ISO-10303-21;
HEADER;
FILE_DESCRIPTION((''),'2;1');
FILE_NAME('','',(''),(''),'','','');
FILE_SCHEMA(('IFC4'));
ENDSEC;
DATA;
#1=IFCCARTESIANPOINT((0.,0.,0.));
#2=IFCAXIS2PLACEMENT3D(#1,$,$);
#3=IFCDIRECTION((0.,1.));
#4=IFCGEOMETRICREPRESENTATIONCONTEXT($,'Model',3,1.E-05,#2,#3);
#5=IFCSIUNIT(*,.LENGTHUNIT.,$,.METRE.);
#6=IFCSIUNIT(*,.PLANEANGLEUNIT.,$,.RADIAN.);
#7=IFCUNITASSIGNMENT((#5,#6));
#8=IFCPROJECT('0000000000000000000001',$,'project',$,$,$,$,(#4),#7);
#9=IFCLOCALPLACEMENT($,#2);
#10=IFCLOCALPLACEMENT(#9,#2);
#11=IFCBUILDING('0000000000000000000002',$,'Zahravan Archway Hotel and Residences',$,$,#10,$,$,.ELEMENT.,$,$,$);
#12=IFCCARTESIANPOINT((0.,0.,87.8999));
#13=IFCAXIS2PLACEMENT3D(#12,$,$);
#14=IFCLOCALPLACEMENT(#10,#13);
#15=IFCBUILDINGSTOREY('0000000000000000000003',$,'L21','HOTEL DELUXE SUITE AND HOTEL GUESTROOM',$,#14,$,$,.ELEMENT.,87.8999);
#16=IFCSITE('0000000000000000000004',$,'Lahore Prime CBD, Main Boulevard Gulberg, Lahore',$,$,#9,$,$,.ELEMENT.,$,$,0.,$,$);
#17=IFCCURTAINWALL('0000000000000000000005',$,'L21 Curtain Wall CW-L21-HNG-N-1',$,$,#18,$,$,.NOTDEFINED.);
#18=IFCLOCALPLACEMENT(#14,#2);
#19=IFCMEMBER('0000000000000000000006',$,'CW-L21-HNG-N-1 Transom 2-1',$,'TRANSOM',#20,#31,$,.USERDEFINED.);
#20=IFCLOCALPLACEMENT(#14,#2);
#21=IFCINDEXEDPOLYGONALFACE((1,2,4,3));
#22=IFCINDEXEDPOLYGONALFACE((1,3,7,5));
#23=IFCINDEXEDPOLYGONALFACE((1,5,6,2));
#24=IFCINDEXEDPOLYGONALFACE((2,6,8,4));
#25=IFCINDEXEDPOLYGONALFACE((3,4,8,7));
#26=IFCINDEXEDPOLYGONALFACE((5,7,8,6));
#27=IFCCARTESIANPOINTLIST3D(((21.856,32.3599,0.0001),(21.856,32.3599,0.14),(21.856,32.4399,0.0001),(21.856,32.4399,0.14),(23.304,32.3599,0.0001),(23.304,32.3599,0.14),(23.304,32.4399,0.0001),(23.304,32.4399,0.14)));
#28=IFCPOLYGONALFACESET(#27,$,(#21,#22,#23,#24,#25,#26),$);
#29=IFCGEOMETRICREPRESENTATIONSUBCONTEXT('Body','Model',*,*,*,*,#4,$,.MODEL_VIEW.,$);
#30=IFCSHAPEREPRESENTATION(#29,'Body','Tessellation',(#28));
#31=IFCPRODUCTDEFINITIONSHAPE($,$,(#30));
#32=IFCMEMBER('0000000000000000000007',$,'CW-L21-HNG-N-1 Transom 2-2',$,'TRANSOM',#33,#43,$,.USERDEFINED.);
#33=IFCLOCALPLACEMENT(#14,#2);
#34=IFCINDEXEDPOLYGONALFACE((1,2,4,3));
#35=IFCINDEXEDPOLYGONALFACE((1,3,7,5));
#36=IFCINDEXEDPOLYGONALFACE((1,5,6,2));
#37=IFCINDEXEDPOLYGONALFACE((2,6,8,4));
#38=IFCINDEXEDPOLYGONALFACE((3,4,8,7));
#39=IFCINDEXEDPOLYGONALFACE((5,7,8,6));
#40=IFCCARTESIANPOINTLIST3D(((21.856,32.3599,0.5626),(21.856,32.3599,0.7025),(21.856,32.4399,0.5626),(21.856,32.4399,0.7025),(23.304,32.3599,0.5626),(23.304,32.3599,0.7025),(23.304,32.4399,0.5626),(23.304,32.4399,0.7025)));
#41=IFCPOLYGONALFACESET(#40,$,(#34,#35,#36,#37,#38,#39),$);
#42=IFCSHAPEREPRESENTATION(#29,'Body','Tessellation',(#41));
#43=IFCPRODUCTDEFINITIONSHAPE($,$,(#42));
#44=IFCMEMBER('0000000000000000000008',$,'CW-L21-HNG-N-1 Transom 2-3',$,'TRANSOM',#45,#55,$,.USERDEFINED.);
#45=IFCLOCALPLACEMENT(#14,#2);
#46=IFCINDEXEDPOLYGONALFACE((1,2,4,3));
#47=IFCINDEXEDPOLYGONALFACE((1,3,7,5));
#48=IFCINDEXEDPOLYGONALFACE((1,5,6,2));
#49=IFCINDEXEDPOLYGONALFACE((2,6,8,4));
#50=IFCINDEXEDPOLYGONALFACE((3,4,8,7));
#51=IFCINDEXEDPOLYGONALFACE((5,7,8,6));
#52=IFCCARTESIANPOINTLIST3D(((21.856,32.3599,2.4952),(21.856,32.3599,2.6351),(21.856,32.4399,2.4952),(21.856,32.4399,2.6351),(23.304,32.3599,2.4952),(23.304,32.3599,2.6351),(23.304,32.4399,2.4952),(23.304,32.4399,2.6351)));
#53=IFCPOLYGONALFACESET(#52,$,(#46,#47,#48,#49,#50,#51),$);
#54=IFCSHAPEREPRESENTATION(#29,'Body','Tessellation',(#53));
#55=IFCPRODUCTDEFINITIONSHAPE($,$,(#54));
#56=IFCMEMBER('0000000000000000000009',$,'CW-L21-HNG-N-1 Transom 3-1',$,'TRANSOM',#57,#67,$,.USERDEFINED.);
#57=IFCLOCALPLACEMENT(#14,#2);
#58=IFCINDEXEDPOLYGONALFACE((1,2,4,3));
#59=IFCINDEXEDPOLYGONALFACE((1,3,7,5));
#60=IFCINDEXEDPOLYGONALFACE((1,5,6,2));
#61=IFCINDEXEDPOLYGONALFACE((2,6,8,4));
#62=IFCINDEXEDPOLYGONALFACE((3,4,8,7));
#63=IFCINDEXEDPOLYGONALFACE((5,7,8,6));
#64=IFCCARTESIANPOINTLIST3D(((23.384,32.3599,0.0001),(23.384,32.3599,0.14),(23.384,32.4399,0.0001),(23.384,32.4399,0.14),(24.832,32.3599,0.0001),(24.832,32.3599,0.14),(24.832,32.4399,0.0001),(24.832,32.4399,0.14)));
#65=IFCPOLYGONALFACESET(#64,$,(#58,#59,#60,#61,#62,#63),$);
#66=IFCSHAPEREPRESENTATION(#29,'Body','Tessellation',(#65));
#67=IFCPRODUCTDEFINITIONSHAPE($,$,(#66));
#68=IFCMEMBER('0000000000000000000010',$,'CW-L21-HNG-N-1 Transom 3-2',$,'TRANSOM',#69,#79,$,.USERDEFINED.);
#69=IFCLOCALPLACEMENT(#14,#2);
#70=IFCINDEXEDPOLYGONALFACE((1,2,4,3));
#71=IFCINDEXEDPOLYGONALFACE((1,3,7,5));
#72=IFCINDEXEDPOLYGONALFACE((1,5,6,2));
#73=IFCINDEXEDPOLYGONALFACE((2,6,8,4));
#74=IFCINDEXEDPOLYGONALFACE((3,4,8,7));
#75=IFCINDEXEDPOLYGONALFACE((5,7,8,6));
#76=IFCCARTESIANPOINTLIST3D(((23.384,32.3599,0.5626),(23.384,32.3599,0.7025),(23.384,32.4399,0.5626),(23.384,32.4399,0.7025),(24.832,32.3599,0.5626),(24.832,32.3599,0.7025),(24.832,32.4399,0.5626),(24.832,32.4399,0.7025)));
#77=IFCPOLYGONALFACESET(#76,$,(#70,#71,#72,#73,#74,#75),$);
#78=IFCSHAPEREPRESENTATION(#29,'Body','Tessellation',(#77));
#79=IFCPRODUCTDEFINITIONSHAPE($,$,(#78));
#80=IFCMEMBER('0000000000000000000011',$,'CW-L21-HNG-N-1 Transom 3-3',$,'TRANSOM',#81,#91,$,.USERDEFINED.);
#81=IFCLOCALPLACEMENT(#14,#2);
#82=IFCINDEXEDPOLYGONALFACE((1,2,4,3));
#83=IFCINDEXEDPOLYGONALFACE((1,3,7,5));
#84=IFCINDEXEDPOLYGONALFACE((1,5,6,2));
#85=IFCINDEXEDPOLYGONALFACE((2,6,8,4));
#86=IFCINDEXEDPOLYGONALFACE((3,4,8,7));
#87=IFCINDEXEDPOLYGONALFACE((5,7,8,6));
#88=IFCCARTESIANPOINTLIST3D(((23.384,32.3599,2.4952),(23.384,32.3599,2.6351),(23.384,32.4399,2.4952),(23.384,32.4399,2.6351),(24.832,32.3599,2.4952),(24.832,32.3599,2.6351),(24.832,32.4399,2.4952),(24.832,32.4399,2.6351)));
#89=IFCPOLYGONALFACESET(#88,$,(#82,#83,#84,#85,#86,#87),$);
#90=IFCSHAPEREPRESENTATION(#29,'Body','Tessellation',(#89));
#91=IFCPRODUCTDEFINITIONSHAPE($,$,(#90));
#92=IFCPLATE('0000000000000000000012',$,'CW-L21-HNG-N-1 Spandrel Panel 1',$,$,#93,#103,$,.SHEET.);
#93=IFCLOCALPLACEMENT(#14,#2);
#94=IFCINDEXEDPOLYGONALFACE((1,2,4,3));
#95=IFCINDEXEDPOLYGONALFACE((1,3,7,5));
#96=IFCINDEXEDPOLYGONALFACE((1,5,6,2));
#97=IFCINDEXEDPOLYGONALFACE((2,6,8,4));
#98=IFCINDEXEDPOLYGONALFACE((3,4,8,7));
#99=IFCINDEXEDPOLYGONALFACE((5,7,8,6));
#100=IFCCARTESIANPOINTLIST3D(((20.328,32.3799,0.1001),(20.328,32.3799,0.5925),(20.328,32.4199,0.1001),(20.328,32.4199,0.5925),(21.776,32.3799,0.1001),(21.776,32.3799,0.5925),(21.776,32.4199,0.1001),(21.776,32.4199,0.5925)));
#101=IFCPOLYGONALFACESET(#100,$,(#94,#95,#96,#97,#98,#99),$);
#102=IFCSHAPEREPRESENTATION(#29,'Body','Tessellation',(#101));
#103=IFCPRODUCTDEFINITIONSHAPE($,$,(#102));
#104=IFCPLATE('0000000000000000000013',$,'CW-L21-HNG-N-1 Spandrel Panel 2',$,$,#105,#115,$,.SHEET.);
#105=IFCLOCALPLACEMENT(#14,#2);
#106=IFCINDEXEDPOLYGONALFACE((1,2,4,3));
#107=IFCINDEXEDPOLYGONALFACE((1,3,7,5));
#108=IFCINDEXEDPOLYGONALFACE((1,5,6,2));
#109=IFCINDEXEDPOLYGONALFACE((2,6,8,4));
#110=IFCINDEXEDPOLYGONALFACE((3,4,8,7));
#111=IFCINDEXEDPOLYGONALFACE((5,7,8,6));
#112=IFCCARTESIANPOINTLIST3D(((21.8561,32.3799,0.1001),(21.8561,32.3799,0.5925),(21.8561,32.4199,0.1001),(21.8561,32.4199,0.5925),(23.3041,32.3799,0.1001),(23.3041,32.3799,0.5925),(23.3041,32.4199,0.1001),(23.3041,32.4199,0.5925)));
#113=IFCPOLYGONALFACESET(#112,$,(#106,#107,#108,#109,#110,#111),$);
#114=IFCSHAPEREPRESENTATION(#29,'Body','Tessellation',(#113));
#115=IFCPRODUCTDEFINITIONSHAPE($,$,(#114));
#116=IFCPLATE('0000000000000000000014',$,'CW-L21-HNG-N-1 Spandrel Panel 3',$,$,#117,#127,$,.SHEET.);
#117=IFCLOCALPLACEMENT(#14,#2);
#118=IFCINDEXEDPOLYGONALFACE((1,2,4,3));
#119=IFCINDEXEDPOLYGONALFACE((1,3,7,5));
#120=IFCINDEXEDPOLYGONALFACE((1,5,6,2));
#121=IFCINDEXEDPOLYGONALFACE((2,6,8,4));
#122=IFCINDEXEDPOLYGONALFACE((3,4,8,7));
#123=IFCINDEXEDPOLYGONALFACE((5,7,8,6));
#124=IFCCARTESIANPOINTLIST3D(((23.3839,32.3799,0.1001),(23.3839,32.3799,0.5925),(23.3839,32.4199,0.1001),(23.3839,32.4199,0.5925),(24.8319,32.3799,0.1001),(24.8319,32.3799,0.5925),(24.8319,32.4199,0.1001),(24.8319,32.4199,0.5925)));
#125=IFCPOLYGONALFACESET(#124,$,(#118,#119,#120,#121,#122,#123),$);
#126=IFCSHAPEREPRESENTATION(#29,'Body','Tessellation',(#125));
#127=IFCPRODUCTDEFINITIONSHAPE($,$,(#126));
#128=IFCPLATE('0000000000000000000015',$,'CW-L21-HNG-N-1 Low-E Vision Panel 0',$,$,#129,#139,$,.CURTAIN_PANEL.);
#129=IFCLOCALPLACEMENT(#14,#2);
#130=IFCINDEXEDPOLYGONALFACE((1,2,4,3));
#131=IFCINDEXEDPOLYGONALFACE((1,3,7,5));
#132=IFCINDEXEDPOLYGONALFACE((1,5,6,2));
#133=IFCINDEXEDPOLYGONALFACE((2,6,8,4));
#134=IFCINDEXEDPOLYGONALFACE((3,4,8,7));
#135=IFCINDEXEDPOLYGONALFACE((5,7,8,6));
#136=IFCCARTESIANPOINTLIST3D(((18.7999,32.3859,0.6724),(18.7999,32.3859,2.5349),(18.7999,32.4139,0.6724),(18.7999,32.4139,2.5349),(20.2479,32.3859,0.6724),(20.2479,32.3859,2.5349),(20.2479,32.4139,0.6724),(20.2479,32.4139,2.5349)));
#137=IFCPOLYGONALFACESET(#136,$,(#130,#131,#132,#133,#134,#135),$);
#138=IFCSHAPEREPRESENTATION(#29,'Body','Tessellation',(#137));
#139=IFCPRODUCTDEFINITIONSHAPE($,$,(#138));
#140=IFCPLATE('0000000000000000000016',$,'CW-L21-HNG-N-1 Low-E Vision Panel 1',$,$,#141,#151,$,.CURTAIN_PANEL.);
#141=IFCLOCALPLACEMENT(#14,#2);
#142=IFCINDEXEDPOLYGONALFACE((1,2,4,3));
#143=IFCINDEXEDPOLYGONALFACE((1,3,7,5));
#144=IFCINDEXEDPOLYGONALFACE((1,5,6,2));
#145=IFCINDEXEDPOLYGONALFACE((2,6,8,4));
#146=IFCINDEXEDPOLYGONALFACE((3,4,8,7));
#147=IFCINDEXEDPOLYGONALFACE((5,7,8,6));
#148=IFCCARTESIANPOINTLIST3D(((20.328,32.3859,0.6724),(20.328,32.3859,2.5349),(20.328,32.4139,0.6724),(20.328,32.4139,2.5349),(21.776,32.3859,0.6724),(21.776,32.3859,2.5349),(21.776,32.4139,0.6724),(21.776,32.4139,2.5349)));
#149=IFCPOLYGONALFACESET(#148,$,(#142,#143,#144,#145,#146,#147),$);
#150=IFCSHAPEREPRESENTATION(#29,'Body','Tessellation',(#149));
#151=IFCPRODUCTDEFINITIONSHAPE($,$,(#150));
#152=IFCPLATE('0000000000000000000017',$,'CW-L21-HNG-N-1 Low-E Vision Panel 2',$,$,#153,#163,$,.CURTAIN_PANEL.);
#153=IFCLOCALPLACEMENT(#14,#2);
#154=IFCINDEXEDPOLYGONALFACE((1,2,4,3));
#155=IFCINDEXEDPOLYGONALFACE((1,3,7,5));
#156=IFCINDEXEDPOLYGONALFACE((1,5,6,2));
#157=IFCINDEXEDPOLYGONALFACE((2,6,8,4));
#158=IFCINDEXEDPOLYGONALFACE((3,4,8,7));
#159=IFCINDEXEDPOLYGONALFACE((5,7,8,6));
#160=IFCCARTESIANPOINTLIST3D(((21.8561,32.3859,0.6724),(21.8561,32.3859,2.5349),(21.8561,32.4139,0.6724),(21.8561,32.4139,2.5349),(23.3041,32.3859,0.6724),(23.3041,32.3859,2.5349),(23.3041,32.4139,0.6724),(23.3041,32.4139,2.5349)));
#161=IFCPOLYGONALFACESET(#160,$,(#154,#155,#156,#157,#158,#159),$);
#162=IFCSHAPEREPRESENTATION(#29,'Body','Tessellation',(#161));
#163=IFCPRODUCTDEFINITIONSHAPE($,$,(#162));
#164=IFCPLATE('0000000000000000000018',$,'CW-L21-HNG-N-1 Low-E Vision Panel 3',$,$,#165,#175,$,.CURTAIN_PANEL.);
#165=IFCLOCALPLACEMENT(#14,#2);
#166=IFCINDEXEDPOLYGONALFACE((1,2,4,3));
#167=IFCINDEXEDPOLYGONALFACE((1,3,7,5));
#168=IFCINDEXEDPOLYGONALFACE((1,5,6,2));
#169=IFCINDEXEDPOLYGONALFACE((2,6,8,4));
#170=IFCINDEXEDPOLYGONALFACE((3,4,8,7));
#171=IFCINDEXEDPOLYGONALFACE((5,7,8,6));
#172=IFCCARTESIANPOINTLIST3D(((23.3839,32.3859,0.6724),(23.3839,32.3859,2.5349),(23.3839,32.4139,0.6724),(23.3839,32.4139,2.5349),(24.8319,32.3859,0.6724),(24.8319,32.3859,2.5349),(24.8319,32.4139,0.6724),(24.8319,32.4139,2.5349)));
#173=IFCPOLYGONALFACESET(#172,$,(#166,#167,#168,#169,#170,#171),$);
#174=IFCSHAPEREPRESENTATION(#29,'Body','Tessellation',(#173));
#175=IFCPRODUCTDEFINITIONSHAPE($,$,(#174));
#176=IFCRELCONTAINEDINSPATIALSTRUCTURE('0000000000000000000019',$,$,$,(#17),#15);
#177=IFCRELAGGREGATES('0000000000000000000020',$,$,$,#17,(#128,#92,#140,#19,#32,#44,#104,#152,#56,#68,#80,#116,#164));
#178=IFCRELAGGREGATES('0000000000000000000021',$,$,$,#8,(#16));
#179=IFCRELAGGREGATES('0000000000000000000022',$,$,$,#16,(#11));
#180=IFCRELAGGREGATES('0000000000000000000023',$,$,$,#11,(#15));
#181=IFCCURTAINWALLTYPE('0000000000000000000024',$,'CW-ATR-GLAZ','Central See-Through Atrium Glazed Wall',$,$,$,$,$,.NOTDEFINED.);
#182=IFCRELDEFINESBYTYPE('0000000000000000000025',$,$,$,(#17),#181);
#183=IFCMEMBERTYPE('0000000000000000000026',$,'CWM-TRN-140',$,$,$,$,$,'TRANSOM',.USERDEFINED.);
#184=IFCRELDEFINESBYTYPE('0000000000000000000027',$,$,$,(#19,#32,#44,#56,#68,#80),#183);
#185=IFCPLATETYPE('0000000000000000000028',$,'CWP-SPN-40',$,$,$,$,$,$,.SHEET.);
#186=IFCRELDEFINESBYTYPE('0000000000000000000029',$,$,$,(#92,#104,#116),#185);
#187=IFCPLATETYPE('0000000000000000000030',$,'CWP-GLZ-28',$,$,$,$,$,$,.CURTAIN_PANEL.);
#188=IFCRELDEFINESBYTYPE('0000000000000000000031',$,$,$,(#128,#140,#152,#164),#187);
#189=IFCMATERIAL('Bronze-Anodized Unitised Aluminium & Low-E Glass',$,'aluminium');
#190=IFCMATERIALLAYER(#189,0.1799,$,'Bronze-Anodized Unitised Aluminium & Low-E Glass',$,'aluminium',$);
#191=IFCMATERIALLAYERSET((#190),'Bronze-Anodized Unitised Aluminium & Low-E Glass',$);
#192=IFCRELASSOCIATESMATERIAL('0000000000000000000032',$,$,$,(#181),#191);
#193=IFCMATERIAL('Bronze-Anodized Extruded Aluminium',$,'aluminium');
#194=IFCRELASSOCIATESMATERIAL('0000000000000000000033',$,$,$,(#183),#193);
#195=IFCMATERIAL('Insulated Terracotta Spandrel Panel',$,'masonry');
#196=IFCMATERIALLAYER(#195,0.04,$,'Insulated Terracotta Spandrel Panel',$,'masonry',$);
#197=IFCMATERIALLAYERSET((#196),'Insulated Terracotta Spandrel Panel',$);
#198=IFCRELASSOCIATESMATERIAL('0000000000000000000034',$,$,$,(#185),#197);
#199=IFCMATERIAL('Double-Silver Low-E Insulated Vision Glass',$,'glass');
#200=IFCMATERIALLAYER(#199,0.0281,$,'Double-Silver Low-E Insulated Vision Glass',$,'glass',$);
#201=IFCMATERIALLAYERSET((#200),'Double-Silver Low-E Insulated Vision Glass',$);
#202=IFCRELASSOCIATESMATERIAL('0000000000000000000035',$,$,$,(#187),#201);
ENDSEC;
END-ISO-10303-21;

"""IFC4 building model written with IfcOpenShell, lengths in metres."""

from ifc_helpers import new_model, si_unit, direction, frame, origin, origin_2d, place, context, subcontext, project, spatial, rectangle, extrude, source, transform, mapped, material, layer, layer_set, material_profile, profile_set, type_object, element, aggregate, save


model = new_model("IFC4")

# Units and contexts
model_context = context("Model", 3, precision=1e-05, world=origin(), true_north=direction((0.0, 1.0)))
body_context = subcontext(model_context, "Body", "Model", "MODEL_VIEW")
ifc_project = project(units=[si_unit("LENGTHUNIT", "METRE"), si_unit("PLANEANGLEUNIT", "RADIAN")], contexts=[model_context])

# Site, building, storey
site_placement = place(None, origin())
site = spatial("IfcSite", under=ifc_project, at=site_placement, Name="Lahore Prime CBD, Main Boulevard Gulberg, Lahore", CompositionType="ELEMENT", RefElevation=0.0)
building_placement = place(site_placement, origin())
building = spatial("IfcBuilding", under=site, at=building_placement, Name="Zahravan Archway Hotel and Residences", CompositionType="ELEMENT")
storey_placement = place(building_placement, frame((0.0, 0.0, 87.8999)))
storey = spatial("IfcBuildingStorey", under=building, at=storey_placement, Name="L21", Description="HOTEL DELUXE SUITE AND HOTEL GUESTROOM", CompositionType="ELEMENT", Elevation=87.8999)

# Curtain wall, members, plates
ifc_material_1 = material(Name="Bronze-Anodized Unitised Aluminium & Low-E Glass", Category="aluminium")
ifc_layer_1 = layer(ifc_material_1, 0.1799, Name="Bronze-Anodized Unitised Aluminium & Low-E Glass", Category="aluminium")
ifc_layer_set_1 = layer_set([ifc_layer_1], Name="Bronze-Anodized Unitised Aluminium & Low-E Glass")
curtain_wall_type = type_object("IfcCurtainWallType", Name="CW-ATR-GLAZ", Description="Central See-Through Atrium Glazed Wall", PredefinedType="NOTDEFINED", material=ifc_layer_set_1)
curtain_wall_placement = place(storey_placement, origin())
curtain_wall = element("IfcCurtainWall", 1, at=curtain_wall_placement, inside=storey, type_object=curtain_wall_type, Name="L21 Curtain Wall CW-L21-HNG-N-1", PredefinedType="NOTDEFINED")
ifc_material_2 = material(Name="Bronze-Anodized Extruded Aluminium", Category="aluminium")
ifc_material_profile_1 = material_profile(ifc_material_2, rectangle(XDim=0.0801, YDim=0.1399, at=origin_2d()), Name="TRN 80x140", Category="aluminium")
ifc_profile_set_1 = profile_set([ifc_material_profile_1], Name="Bronze-Anodized Extruded Aluminium")
member_type_1 = type_object("IfcMemberType", Name="CWM-TRN-140", ElementType="TRANSOM", PredefinedType="USERDEFINED", material=ifc_profile_set_1)
shared_shape_1 = source(origin(), body_context, "Body", "SweptSolid", [
    extrude(rectangle(XDim=0.0801, YDim=0.1399, at=origin_2d()), origin(), (0.0, 0.0, 1.0), 1.448),
])
member_1_placement = place(storey_placement, frame((21.856, 32.3999, 0.0701), z_axis=(1.0, 0.0, 0.0), x_axis=(0.0, 1.0, 0.0)))
member_1 = element("IfcMember", 2, at=member_1_placement, type_object=member_type_1, Name="CW-L21-HNG-N-1 Transom 2-1", ObjectType="TRANSOM", PredefinedType="USERDEFINED", context=body_context, shape_type="MappedRepresentation", body=[
    mapped(shared_shape_1, transform((0.0, 0.0, 0.0), scale=1.0)),
])
member_2_placement = place(storey_placement, frame((21.856, 32.3999, 0.6326), z_axis=(1.0, 0.0, 0.0), x_axis=(0.0, 1.0, 0.0)))
member_2 = element("IfcMember", 3, at=member_2_placement, type_object=member_type_1, Name="CW-L21-HNG-N-1 Transom 2-2", ObjectType="TRANSOM", PredefinedType="USERDEFINED", context=body_context, shape_type="MappedRepresentation", body=[
    mapped(shared_shape_1, transform((0.0, 0.0, 0.0), scale=1.0)),
])
member_3_placement = place(storey_placement, frame((21.856, 32.3999, 2.5652), z_axis=(1.0, 0.0, 0.0), x_axis=(0.0, 1.0, 0.0)))
member_3 = element("IfcMember", 4, at=member_3_placement, type_object=member_type_1, Name="CW-L21-HNG-N-1 Transom 2-3", ObjectType="TRANSOM", PredefinedType="USERDEFINED", context=body_context, shape_type="MappedRepresentation", body=[
    mapped(shared_shape_1, transform((0.0, 0.0, 0.0), scale=1.0)),
])
member_4_placement = place(storey_placement, frame((23.384, 32.3999, 0.0701), z_axis=(1.0, 0.0, 0.0), x_axis=(0.0, 1.0, 0.0)))
member_4 = element("IfcMember", 5, at=member_4_placement, type_object=member_type_1, Name="CW-L21-HNG-N-1 Transom 3-1", ObjectType="TRANSOM", PredefinedType="USERDEFINED", context=body_context, shape_type="MappedRepresentation", body=[
    mapped(shared_shape_1, transform((0.0, 0.0, 0.0), scale=1.0)),
])
member_5_placement = place(storey_placement, frame((23.384, 32.3999, 0.6326), z_axis=(1.0, 0.0, 0.0), x_axis=(0.0, 1.0, 0.0)))
member_5 = element("IfcMember", 6, at=member_5_placement, type_object=member_type_1, Name="CW-L21-HNG-N-1 Transom 3-2", ObjectType="TRANSOM", PredefinedType="USERDEFINED", context=body_context, shape_type="MappedRepresentation", body=[
    mapped(shared_shape_1, transform((0.0, 0.0, 0.0), scale=1.0)),
])
member_6_placement = place(storey_placement, frame((23.384, 32.3999, 2.5652), z_axis=(1.0, 0.0, 0.0), x_axis=(0.0, 1.0, 0.0)))
member_6 = element("IfcMember", 7, at=member_6_placement, type_object=member_type_1, Name="CW-L21-HNG-N-1 Transom 3-3", ObjectType="TRANSOM", PredefinedType="USERDEFINED", context=body_context, shape_type="MappedRepresentation", body=[
    mapped(shared_shape_1, transform((0.0, 0.0, 0.0), scale=1.0)),
])
ifc_material_3 = material(Name="Insulated Terracotta Spandrel Panel", Category="masonry")
ifc_layer_2 = layer(ifc_material_3, 0.04, Name="Insulated Terracotta Spandrel Panel", Category="masonry")
ifc_layer_set_2 = layer_set([ifc_layer_2], Name="Insulated Terracotta Spandrel Panel")
plate_type_1 = type_object("IfcPlateType", Name="CWP-SPN-40", PredefinedType="SHEET", material=ifc_layer_set_2)
shared_shape_2 = source(origin(), body_context, "Body", "SweptSolid", [
    extrude(rectangle(XDim=1.448, YDim=0.04, at=origin_2d()), origin(), (0.0, 0.0, 1.0), 0.4924),
])
plate_1_placement = place(storey_placement, frame((21.052, 32.3999, 0.1001), z_axis=(0.0, 0.0, 1.0), x_axis=(1.0, 0.0, 0.0)))
plate_1 = element("IfcPlate", 8, at=plate_1_placement, type_object=plate_type_1, Name="CW-L21-HNG-N-1 Spandrel Panel 1", PredefinedType="SHEET", context=body_context, shape_type="MappedRepresentation", body=[
    mapped(shared_shape_2, transform((0.0, 0.0, 0.0), scale=1.0)),
])
plate_2_placement = place(storey_placement, frame((22.5801, 32.3999, 0.1001), z_axis=(0.0, 0.0, 1.0), x_axis=(1.0, 0.0, 0.0)))
plate_2 = element("IfcPlate", 9, at=plate_2_placement, type_object=plate_type_1, Name="CW-L21-HNG-N-1 Spandrel Panel 2", PredefinedType="SHEET", context=body_context, shape_type="MappedRepresentation", body=[
    mapped(shared_shape_2, transform((0.0, 0.0, 0.0), scale=1.0)),
])
plate_3_placement = place(storey_placement, frame((24.1079, 32.3999, 0.1001), z_axis=(0.0, 0.0, 1.0), x_axis=(1.0, 0.0, 0.0)))
plate_3 = element("IfcPlate", 10, at=plate_3_placement, type_object=plate_type_1, Name="CW-L21-HNG-N-1 Spandrel Panel 3", PredefinedType="SHEET", context=body_context, shape_type="MappedRepresentation", body=[
    mapped(shared_shape_2, transform((0.0, 0.0, 0.0), scale=1.0)),
])
ifc_material_4 = material(Name="Double-Silver Low-E Insulated Vision Glass", Category="glass")
ifc_layer_3 = layer(ifc_material_4, 0.0281, Name="Double-Silver Low-E Insulated Vision Glass", Category="glass")
ifc_layer_set_3 = layer_set([ifc_layer_3], Name="Double-Silver Low-E Insulated Vision Glass")
plate_type_2 = type_object("IfcPlateType", Name="CWP-GLZ-28", PredefinedType="CURTAIN_PANEL", material=ifc_layer_set_3)
shared_shape_3 = source(origin(), body_context, "Body", "SweptSolid", [
    extrude(rectangle(XDim=1.448, YDim=0.0281, at=origin_2d()), origin(), (0.0, 0.0, 1.0), 1.8625),
])
plate_4_placement = place(storey_placement, frame((19.5239, 32.3999, 0.6724), z_axis=(0.0, 0.0, 1.0), x_axis=(1.0, 0.0, 0.0)))
plate_4 = element("IfcPlate", 11, at=plate_4_placement, type_object=plate_type_2, Name="CW-L21-HNG-N-1 Low-E Vision Panel 0", PredefinedType="CURTAIN_PANEL", context=body_context, shape_type="MappedRepresentation", body=[
    mapped(shared_shape_3, transform((0.0, 0.0, 0.0), scale=1.0)),
])
plate_5_placement = place(storey_placement, frame((21.052, 32.3999, 0.6724), z_axis=(0.0, 0.0, 1.0), x_axis=(1.0, 0.0, 0.0)))
plate_5 = element("IfcPlate", 12, at=plate_5_placement, type_object=plate_type_2, Name="CW-L21-HNG-N-1 Low-E Vision Panel 1", PredefinedType="CURTAIN_PANEL", context=body_context, shape_type="MappedRepresentation", body=[
    mapped(shared_shape_3, transform((0.0, 0.0, 0.0), scale=1.0)),
])
plate_6_placement = place(storey_placement, frame((22.5801, 32.3999, 0.6724), z_axis=(0.0, 0.0, 1.0), x_axis=(1.0, 0.0, 0.0)))
plate_6 = element("IfcPlate", 13, at=plate_6_placement, type_object=plate_type_2, Name="CW-L21-HNG-N-1 Low-E Vision Panel 2", PredefinedType="CURTAIN_PANEL", context=body_context, shape_type="MappedRepresentation", body=[
    mapped(shared_shape_3, transform((0.0, 0.0, 0.0), scale=1.0)),
])
plate_7_placement = place(storey_placement, frame((24.1079, 32.3999, 0.6724), z_axis=(0.0, 0.0, 1.0), x_axis=(1.0, 0.0, 0.0)))
plate_7 = element("IfcPlate", 14, at=plate_7_placement, type_object=plate_type_2, Name="CW-L21-HNG-N-1 Low-E Vision Panel 3", PredefinedType="CURTAIN_PANEL", context=body_context, shape_type="MappedRepresentation", body=[
    mapped(shared_shape_3, transform((0.0, 0.0, 0.0), scale=1.0)),
])
aggregate(curtain_wall, [plate_4, plate_1, plate_5, member_1, member_2, member_3, plate_2, plate_6, member_4, member_5, member_6, plate_3, plate_7])

save(model, "model.ifc")
